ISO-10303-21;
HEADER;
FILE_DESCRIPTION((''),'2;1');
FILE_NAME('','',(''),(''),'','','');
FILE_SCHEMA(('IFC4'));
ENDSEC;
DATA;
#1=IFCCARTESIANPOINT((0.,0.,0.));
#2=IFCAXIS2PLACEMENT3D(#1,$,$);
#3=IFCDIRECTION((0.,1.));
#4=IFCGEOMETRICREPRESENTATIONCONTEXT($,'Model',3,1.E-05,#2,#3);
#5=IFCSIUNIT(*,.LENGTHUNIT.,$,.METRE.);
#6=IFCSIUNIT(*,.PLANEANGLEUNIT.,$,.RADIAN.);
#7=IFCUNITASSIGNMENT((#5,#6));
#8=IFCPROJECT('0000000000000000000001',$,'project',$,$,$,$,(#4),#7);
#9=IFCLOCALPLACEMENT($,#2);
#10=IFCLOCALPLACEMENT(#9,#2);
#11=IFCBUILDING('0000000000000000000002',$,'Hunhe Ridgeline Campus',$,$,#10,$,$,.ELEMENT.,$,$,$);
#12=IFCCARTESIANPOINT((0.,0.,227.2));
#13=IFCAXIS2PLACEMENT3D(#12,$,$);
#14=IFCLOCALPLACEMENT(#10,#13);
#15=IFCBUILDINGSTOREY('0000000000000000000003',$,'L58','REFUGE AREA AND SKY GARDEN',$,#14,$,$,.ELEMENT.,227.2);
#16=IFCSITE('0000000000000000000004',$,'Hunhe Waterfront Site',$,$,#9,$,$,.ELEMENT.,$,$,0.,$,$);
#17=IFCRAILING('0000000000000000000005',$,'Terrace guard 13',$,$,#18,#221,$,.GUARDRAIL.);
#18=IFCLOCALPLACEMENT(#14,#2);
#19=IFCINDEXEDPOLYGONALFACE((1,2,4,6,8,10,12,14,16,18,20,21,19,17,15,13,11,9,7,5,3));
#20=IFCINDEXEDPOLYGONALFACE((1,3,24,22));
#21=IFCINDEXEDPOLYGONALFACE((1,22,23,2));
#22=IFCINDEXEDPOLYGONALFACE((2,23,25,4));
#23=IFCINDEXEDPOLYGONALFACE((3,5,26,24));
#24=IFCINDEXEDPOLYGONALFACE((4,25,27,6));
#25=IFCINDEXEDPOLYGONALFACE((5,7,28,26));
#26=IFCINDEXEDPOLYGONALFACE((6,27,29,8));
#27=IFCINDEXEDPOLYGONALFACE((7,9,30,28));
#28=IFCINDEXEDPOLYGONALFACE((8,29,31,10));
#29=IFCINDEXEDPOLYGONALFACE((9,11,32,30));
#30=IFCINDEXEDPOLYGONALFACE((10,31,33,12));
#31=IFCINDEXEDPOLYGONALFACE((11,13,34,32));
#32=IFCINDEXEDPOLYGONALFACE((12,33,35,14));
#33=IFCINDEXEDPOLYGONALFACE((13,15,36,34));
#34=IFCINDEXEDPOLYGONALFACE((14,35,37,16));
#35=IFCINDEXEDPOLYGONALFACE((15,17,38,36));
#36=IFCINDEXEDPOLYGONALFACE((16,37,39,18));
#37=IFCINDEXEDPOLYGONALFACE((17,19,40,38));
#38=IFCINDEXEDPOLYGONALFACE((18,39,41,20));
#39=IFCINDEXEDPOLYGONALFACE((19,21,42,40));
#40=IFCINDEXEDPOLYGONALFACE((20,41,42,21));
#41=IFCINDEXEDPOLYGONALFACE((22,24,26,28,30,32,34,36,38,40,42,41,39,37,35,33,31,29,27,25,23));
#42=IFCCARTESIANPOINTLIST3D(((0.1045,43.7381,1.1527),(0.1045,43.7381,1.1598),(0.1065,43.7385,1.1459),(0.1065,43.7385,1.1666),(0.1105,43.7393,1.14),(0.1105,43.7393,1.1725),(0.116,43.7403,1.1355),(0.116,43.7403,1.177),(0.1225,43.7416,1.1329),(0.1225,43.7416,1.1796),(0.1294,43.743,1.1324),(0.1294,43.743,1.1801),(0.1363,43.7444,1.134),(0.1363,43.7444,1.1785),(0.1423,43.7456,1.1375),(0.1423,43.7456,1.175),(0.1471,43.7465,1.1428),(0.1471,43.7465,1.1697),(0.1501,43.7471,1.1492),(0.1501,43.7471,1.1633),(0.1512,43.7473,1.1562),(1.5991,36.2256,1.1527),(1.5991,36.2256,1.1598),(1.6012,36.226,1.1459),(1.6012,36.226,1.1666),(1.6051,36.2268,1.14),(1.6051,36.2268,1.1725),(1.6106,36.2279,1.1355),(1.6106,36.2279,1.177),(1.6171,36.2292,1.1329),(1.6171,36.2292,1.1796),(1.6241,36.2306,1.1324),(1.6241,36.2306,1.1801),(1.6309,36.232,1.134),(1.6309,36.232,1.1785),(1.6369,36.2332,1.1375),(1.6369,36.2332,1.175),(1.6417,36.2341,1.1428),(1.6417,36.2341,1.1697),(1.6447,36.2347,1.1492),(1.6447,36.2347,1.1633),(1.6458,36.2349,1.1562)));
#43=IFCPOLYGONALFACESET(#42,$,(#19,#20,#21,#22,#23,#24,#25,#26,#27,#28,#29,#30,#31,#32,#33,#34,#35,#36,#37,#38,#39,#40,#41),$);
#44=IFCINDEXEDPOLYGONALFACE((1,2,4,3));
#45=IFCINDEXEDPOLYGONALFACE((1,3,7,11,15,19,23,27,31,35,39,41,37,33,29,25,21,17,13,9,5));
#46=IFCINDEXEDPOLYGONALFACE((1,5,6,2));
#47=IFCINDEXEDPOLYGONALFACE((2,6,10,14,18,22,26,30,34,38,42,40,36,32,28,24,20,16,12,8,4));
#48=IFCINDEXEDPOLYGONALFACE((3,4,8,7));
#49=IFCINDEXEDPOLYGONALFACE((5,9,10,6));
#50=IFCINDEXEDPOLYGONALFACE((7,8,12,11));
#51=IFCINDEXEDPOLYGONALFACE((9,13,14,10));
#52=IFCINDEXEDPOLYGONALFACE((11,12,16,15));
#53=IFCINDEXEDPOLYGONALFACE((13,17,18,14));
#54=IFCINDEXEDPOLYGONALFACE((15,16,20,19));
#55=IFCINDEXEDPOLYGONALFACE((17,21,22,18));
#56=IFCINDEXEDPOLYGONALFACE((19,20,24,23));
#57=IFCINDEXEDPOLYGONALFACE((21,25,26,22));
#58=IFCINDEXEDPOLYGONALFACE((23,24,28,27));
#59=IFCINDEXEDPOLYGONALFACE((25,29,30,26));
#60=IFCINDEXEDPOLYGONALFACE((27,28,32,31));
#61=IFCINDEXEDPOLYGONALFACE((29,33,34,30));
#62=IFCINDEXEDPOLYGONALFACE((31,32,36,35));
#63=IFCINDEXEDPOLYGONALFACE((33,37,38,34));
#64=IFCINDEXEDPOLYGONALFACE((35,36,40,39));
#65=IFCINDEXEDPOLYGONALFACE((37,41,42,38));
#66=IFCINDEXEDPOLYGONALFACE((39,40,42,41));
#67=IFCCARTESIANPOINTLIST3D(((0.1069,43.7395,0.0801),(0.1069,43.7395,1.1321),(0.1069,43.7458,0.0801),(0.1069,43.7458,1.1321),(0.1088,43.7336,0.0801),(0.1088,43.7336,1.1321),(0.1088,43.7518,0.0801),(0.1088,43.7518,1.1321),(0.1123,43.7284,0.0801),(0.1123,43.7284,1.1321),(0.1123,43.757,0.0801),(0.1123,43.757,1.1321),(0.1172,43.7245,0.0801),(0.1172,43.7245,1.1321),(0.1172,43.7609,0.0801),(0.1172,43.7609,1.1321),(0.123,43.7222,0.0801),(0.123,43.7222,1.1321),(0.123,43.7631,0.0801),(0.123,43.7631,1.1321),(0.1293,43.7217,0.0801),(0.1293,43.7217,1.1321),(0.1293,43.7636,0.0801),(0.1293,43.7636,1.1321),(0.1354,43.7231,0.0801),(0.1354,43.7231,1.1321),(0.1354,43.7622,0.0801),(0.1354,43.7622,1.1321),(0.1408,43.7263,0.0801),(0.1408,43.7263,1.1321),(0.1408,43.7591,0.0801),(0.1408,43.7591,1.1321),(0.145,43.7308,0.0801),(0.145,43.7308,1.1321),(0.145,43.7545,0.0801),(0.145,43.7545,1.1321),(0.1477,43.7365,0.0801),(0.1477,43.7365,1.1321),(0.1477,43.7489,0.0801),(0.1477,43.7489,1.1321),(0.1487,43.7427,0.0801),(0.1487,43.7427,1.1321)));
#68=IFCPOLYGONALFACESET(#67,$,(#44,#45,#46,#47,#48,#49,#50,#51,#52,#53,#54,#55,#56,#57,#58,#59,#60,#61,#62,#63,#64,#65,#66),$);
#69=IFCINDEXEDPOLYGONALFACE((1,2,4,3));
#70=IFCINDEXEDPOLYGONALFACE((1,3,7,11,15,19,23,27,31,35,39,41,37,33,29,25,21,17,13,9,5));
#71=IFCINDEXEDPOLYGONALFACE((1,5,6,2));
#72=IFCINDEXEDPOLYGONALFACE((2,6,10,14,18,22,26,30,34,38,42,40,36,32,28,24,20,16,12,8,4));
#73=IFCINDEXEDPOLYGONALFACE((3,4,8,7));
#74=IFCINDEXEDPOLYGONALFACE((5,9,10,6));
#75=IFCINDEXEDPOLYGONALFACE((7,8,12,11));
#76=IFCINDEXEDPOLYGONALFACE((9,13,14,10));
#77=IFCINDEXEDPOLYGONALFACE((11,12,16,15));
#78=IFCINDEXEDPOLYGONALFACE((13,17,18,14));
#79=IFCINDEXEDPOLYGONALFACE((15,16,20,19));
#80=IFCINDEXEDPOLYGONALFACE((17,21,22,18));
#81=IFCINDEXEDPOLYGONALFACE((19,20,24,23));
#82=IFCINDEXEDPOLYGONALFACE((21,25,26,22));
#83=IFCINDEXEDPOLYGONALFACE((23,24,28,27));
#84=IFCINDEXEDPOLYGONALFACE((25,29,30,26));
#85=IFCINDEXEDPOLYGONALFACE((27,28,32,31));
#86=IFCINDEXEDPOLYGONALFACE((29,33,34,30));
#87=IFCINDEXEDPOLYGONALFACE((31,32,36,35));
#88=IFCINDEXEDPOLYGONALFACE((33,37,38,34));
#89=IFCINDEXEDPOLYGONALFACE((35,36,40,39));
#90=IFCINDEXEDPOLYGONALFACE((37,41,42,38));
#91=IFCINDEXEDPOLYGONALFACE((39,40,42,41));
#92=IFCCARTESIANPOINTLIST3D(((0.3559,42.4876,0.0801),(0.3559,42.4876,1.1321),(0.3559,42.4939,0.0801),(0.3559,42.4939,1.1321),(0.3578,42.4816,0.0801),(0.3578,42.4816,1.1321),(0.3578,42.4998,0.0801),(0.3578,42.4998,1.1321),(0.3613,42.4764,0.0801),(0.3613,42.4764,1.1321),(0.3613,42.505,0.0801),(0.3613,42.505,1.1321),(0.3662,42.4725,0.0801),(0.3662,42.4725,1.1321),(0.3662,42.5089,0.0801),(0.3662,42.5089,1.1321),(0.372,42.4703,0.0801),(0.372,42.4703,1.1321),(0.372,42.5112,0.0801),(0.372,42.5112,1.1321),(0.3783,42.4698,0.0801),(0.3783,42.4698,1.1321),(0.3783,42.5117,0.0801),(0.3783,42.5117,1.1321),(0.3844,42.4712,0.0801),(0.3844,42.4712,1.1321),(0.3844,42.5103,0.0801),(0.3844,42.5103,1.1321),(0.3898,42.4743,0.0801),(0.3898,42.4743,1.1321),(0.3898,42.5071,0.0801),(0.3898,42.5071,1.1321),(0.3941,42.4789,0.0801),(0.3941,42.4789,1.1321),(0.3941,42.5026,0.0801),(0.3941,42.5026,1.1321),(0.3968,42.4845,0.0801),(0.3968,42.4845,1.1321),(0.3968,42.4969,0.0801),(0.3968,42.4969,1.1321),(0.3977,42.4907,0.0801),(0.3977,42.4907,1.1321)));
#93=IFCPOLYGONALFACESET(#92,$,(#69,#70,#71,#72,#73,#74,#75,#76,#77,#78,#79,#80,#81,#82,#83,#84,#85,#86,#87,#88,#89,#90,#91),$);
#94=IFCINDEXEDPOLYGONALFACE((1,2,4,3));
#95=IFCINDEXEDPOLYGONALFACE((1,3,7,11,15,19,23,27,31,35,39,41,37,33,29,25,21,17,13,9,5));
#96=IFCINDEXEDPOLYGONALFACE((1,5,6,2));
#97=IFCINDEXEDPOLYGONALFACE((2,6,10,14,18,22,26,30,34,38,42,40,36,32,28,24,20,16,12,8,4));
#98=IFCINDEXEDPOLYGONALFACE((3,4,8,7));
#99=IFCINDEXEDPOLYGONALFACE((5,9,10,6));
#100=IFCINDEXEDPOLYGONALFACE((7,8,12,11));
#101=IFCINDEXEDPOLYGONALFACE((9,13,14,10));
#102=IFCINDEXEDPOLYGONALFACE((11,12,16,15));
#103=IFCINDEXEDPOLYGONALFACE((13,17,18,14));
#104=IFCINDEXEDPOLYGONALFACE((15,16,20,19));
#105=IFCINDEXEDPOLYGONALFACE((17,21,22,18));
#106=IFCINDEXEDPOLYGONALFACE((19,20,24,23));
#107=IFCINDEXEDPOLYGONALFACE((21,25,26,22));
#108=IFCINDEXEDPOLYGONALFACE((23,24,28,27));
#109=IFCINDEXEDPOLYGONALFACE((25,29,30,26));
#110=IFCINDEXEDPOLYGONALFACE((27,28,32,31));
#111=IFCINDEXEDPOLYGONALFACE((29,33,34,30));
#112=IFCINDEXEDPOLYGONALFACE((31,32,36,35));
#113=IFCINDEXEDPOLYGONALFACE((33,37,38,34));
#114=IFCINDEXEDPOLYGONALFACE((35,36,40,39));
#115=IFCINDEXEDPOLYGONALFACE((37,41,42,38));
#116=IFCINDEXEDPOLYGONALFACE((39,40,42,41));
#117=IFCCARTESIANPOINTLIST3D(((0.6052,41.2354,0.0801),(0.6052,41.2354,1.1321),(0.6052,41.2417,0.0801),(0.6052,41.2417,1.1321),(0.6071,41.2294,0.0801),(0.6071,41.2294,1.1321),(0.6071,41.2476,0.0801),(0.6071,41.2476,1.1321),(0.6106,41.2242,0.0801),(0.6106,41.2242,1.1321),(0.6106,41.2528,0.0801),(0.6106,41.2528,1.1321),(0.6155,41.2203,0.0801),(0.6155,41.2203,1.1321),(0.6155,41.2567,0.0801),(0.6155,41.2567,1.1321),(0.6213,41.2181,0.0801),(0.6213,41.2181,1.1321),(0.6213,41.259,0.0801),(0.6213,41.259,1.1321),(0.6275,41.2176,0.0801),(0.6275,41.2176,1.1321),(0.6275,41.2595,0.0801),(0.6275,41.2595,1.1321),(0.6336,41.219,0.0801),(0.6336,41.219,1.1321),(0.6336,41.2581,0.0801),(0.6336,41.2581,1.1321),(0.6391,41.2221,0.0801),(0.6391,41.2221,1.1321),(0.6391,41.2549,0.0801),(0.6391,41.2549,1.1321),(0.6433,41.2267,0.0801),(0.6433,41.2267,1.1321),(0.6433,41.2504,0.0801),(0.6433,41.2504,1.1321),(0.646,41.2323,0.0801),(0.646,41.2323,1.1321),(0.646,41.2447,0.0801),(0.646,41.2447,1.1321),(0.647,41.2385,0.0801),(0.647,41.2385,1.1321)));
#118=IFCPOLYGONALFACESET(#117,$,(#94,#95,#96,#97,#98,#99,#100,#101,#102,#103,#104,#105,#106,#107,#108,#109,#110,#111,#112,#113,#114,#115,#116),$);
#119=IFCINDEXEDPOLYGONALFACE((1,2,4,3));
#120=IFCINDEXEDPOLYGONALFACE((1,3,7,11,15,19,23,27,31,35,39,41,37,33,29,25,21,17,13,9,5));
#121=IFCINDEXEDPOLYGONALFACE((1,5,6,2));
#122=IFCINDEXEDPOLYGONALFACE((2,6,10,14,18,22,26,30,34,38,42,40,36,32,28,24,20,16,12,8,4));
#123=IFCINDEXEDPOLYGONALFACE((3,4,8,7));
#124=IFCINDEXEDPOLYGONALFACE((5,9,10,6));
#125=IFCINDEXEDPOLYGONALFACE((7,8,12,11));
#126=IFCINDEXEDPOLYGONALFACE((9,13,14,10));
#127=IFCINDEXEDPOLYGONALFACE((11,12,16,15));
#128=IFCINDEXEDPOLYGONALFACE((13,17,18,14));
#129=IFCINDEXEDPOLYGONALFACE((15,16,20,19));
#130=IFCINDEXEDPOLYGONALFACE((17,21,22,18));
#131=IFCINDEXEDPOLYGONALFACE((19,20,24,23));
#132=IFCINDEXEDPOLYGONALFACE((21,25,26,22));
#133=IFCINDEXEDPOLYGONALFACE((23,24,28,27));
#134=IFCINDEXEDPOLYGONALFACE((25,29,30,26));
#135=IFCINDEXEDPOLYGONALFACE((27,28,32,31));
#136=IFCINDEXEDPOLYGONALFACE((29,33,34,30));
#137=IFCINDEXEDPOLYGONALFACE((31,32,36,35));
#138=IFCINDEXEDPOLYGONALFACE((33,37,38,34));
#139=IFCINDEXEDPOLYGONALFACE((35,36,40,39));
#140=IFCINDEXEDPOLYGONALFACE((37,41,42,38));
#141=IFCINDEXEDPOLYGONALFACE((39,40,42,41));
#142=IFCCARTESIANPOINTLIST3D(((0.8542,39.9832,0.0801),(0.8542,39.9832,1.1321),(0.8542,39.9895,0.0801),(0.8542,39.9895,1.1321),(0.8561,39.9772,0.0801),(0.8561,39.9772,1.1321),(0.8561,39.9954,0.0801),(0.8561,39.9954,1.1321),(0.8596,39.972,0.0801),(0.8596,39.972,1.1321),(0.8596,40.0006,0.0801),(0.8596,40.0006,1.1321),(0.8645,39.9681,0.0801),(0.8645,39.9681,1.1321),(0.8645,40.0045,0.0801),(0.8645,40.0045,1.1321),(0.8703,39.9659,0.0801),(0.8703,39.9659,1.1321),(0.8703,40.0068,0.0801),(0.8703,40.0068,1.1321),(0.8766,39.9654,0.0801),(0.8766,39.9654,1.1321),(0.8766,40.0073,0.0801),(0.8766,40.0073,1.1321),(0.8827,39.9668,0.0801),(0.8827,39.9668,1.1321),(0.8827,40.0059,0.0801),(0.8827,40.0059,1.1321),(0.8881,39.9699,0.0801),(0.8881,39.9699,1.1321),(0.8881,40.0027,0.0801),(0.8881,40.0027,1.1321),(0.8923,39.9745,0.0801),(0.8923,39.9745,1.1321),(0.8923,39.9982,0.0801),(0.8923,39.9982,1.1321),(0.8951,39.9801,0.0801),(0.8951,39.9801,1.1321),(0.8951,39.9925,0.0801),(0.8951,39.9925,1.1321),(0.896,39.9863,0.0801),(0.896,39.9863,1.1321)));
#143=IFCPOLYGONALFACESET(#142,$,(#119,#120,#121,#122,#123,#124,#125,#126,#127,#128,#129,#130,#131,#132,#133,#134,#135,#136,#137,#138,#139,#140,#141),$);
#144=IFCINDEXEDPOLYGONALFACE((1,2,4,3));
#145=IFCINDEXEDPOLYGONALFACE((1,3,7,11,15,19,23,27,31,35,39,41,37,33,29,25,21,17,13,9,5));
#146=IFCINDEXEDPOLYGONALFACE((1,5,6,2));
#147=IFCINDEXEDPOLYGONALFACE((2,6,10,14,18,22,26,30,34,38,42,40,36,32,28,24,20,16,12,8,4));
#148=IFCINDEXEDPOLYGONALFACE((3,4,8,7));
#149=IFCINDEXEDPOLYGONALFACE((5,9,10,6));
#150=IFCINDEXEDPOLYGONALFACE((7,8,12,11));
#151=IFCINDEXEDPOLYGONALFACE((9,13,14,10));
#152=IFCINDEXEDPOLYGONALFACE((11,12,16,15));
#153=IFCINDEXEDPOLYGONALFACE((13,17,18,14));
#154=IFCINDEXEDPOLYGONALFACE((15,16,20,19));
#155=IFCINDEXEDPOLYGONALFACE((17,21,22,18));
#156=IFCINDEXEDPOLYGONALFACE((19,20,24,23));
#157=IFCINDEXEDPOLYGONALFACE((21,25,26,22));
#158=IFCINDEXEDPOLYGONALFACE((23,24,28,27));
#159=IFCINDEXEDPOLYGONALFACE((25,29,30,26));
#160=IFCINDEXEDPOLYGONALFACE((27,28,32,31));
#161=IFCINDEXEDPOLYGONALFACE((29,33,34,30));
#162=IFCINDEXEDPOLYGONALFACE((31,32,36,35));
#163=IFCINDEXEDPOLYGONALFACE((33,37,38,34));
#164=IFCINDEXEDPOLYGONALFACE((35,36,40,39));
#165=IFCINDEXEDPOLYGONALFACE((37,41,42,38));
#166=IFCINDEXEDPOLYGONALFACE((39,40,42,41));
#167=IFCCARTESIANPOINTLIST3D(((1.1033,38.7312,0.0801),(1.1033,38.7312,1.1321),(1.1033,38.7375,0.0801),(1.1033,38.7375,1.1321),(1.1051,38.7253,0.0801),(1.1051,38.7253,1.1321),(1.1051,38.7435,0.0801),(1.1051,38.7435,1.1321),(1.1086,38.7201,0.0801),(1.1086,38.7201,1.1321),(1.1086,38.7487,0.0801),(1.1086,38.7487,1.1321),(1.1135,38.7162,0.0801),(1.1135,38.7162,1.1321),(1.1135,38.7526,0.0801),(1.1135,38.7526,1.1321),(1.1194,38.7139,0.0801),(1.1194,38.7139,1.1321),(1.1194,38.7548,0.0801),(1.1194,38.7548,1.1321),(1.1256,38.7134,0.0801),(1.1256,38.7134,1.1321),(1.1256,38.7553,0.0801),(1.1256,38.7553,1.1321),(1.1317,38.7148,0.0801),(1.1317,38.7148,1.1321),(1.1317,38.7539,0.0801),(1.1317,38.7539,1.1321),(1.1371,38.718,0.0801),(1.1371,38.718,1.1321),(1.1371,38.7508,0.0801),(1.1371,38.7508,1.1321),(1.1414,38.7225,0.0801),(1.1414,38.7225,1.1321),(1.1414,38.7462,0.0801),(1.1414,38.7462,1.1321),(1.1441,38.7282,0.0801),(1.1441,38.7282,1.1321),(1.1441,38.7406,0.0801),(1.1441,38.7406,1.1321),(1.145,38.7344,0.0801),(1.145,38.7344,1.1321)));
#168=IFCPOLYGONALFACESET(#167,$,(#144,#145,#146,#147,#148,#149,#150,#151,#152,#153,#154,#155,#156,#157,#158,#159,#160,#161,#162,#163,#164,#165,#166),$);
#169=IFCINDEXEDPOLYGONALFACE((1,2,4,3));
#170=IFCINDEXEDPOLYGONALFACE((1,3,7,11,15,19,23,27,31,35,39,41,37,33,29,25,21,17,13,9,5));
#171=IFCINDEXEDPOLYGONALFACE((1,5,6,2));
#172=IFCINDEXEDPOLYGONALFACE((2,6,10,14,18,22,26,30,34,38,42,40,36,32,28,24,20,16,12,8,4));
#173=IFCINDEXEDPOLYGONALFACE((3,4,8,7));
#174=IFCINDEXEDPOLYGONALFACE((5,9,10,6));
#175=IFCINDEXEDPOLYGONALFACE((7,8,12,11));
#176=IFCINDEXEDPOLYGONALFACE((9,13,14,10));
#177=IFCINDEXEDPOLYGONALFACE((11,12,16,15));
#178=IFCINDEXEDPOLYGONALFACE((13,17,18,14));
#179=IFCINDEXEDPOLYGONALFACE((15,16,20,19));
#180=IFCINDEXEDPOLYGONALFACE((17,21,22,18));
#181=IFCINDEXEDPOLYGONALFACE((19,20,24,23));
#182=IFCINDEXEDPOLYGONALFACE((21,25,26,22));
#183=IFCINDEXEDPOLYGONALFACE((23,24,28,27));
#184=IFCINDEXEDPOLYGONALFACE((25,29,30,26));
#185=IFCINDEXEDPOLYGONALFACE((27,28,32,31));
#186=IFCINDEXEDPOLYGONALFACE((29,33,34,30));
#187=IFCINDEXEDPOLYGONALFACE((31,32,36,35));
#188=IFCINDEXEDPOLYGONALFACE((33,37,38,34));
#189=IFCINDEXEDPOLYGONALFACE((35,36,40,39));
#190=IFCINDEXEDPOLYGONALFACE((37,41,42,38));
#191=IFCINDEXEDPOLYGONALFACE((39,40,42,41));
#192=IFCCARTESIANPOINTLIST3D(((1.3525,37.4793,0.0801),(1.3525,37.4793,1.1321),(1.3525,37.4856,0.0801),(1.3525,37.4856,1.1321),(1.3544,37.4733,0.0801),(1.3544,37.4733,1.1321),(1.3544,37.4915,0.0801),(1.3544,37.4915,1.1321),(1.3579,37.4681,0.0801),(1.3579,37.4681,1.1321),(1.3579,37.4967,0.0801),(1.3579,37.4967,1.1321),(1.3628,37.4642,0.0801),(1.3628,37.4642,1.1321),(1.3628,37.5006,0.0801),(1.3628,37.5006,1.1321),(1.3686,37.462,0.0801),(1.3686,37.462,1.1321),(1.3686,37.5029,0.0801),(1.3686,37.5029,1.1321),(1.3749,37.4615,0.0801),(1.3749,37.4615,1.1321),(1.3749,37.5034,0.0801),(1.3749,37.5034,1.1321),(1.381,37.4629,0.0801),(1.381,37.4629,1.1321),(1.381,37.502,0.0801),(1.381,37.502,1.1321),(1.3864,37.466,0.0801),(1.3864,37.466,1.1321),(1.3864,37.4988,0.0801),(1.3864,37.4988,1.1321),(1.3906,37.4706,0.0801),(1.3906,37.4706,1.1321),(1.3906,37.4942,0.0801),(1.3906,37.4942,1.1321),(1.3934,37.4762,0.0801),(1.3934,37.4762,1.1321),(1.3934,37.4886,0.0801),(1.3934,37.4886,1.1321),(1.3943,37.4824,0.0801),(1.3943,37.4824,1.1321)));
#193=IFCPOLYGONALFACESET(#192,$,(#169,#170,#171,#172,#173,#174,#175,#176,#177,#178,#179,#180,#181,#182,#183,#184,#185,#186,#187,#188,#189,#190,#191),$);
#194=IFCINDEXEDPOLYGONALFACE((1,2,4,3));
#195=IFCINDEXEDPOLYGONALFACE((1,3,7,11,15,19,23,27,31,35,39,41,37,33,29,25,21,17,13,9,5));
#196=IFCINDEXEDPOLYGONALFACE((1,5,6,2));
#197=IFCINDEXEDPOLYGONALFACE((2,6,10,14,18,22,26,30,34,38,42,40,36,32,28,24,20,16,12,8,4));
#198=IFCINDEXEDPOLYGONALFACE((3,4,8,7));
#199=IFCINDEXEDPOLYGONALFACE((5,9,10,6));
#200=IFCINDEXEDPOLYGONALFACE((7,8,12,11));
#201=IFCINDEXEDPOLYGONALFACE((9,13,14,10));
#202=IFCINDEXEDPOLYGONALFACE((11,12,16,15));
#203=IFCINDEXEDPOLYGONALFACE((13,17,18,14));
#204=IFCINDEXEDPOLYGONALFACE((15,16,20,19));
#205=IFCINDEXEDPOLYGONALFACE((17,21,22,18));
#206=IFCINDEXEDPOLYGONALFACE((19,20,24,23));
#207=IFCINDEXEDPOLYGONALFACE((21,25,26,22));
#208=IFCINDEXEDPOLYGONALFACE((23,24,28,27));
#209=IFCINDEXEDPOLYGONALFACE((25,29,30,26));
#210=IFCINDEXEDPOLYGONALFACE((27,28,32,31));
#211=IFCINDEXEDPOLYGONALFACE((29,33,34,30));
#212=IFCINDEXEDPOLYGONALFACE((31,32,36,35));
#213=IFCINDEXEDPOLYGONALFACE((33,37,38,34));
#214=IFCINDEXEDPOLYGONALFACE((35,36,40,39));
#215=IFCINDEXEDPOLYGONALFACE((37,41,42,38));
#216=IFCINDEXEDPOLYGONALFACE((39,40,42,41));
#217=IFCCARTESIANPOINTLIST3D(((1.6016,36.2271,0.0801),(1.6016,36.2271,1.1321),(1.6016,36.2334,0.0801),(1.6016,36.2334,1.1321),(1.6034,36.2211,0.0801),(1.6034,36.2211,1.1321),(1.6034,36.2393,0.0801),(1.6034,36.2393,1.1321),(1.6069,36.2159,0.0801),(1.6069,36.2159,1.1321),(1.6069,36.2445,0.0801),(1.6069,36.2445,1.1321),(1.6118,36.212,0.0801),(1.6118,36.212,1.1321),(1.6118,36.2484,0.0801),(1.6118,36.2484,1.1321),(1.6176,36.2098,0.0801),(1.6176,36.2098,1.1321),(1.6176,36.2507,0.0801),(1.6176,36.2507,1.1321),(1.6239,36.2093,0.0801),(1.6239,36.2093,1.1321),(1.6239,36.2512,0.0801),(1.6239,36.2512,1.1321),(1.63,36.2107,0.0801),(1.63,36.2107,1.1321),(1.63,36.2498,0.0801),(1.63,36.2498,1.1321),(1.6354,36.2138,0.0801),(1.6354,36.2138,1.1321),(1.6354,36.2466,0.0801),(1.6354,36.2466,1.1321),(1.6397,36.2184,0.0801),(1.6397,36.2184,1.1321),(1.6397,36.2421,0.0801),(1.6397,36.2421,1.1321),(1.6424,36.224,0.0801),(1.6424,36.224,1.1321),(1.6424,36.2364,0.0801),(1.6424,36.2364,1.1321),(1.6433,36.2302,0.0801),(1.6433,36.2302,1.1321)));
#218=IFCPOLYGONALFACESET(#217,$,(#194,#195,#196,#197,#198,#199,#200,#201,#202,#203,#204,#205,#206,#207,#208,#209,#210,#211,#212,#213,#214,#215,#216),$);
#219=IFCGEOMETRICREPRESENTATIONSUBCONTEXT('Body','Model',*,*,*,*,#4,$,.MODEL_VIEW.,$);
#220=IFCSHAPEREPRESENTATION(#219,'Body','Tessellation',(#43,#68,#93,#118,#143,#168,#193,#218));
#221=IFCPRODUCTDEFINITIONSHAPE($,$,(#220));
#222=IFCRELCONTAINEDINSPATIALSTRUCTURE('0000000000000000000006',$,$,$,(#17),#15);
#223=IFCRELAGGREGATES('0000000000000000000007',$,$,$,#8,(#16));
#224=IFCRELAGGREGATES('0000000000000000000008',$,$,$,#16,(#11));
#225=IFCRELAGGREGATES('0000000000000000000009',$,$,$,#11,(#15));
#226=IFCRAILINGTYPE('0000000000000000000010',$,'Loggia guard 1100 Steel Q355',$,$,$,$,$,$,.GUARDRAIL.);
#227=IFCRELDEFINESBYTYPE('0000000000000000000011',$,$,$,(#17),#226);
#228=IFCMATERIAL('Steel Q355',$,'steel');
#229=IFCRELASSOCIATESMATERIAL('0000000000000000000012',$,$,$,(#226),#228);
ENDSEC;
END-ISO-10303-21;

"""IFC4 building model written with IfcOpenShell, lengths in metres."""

from ifc_helpers import new_model, si_unit, direction, frame, origin, origin_2d, place, context, subcontext, project, spatial, circle, extrude, material, type_object, element, save


model = new_model("IFC4")

# Units and contexts
model_context = context("Model", 3, precision=1e-05, world=origin(), true_north=direction((0.0, 1.0)))
body_context = subcontext(model_context, "Body", "Model", "MODEL_VIEW")
ifc_project = project(units=[si_unit("LENGTHUNIT", "METRE"), si_unit("PLANEANGLEUNIT", "RADIAN")], contexts=[model_context])

# Site, building, storey
site_placement = place(None, origin())
site = spatial("IfcSite", under=ifc_project, at=site_placement, Name="Hunhe Waterfront Site", CompositionType="ELEMENT", RefElevation=0.0)
building_placement = place(site_placement, origin())
building = spatial("IfcBuilding", under=site, at=building_placement, Name="Hunhe Ridgeline Campus", CompositionType="ELEMENT")
storey_placement = place(building_placement, frame((0.0, 0.0, 227.2)))
storey = spatial("IfcBuildingStorey", under=building, at=storey_placement, Name="L58", Description="REFUGE AREA AND SKY GARDEN", CompositionType="ELEMENT", Elevation=227.2)

# Railing
ifc_material_1 = material(Name="Steel Q355", Category="steel")
railing_type = type_object("IfcRailingType", Name="Loggia guard 1100 Steel Q355", PredefinedType="GUARDRAIL", material=ifc_material_1)
railing_1_placement = place(storey_placement, frame((0.1277, 43.7427, 0.0801)))
element("IfcRailing", 1, at=railing_1_placement, inside=storey, type_object=railing_type, Name="Terrace guard 13", PredefinedType="GUARDRAIL", context=body_context, shape_type="SweptSolid", body=[
    extrude(circle(Radius=0.0239, at=origin_2d()), frame((0.0, 0.0, 1.0762), z_axis=(0.195129, -0.980778, 0.0), x_axis=(0.980778, 0.195129, 0.0)), (0.0, 0.0, 1.0), 7.6597),
    extrude(circle(Radius=0.021, at=origin_2d()), origin(), (0.0, 0.0, 1.0), 1.052),
    extrude(circle(Radius=0.021, at=origin_2d()), frame((0.249, -1.252, 0.0)), (0.0, 0.0, 1.0), 1.052),
    extrude(circle(Radius=0.021, at=origin_2d()), frame((0.4983, -2.5042, 0.0)), (0.0, 0.0, 1.0), 1.052),
    extrude(circle(Radius=0.021, at=origin_2d()), frame((0.7473, -3.7563, 0.0)), (0.0, 0.0, 1.0), 1.052),
    extrude(circle(Radius=0.021, at=origin_2d()), frame((0.9963, -5.0083, 0.0)), (0.0, 0.0, 1.0), 1.052),
    extrude(circle(Radius=0.021, at=origin_2d()), frame((1.2456, -6.2603, 0.0)), (0.0, 0.0, 1.0), 1.052),
    extrude(circle(Radius=0.021, at=origin_2d()), frame((1.4946, -7.5125, 0.0)), (0.0, 0.0, 1.0), 1.052),
])

save(model, "model.ifc")
